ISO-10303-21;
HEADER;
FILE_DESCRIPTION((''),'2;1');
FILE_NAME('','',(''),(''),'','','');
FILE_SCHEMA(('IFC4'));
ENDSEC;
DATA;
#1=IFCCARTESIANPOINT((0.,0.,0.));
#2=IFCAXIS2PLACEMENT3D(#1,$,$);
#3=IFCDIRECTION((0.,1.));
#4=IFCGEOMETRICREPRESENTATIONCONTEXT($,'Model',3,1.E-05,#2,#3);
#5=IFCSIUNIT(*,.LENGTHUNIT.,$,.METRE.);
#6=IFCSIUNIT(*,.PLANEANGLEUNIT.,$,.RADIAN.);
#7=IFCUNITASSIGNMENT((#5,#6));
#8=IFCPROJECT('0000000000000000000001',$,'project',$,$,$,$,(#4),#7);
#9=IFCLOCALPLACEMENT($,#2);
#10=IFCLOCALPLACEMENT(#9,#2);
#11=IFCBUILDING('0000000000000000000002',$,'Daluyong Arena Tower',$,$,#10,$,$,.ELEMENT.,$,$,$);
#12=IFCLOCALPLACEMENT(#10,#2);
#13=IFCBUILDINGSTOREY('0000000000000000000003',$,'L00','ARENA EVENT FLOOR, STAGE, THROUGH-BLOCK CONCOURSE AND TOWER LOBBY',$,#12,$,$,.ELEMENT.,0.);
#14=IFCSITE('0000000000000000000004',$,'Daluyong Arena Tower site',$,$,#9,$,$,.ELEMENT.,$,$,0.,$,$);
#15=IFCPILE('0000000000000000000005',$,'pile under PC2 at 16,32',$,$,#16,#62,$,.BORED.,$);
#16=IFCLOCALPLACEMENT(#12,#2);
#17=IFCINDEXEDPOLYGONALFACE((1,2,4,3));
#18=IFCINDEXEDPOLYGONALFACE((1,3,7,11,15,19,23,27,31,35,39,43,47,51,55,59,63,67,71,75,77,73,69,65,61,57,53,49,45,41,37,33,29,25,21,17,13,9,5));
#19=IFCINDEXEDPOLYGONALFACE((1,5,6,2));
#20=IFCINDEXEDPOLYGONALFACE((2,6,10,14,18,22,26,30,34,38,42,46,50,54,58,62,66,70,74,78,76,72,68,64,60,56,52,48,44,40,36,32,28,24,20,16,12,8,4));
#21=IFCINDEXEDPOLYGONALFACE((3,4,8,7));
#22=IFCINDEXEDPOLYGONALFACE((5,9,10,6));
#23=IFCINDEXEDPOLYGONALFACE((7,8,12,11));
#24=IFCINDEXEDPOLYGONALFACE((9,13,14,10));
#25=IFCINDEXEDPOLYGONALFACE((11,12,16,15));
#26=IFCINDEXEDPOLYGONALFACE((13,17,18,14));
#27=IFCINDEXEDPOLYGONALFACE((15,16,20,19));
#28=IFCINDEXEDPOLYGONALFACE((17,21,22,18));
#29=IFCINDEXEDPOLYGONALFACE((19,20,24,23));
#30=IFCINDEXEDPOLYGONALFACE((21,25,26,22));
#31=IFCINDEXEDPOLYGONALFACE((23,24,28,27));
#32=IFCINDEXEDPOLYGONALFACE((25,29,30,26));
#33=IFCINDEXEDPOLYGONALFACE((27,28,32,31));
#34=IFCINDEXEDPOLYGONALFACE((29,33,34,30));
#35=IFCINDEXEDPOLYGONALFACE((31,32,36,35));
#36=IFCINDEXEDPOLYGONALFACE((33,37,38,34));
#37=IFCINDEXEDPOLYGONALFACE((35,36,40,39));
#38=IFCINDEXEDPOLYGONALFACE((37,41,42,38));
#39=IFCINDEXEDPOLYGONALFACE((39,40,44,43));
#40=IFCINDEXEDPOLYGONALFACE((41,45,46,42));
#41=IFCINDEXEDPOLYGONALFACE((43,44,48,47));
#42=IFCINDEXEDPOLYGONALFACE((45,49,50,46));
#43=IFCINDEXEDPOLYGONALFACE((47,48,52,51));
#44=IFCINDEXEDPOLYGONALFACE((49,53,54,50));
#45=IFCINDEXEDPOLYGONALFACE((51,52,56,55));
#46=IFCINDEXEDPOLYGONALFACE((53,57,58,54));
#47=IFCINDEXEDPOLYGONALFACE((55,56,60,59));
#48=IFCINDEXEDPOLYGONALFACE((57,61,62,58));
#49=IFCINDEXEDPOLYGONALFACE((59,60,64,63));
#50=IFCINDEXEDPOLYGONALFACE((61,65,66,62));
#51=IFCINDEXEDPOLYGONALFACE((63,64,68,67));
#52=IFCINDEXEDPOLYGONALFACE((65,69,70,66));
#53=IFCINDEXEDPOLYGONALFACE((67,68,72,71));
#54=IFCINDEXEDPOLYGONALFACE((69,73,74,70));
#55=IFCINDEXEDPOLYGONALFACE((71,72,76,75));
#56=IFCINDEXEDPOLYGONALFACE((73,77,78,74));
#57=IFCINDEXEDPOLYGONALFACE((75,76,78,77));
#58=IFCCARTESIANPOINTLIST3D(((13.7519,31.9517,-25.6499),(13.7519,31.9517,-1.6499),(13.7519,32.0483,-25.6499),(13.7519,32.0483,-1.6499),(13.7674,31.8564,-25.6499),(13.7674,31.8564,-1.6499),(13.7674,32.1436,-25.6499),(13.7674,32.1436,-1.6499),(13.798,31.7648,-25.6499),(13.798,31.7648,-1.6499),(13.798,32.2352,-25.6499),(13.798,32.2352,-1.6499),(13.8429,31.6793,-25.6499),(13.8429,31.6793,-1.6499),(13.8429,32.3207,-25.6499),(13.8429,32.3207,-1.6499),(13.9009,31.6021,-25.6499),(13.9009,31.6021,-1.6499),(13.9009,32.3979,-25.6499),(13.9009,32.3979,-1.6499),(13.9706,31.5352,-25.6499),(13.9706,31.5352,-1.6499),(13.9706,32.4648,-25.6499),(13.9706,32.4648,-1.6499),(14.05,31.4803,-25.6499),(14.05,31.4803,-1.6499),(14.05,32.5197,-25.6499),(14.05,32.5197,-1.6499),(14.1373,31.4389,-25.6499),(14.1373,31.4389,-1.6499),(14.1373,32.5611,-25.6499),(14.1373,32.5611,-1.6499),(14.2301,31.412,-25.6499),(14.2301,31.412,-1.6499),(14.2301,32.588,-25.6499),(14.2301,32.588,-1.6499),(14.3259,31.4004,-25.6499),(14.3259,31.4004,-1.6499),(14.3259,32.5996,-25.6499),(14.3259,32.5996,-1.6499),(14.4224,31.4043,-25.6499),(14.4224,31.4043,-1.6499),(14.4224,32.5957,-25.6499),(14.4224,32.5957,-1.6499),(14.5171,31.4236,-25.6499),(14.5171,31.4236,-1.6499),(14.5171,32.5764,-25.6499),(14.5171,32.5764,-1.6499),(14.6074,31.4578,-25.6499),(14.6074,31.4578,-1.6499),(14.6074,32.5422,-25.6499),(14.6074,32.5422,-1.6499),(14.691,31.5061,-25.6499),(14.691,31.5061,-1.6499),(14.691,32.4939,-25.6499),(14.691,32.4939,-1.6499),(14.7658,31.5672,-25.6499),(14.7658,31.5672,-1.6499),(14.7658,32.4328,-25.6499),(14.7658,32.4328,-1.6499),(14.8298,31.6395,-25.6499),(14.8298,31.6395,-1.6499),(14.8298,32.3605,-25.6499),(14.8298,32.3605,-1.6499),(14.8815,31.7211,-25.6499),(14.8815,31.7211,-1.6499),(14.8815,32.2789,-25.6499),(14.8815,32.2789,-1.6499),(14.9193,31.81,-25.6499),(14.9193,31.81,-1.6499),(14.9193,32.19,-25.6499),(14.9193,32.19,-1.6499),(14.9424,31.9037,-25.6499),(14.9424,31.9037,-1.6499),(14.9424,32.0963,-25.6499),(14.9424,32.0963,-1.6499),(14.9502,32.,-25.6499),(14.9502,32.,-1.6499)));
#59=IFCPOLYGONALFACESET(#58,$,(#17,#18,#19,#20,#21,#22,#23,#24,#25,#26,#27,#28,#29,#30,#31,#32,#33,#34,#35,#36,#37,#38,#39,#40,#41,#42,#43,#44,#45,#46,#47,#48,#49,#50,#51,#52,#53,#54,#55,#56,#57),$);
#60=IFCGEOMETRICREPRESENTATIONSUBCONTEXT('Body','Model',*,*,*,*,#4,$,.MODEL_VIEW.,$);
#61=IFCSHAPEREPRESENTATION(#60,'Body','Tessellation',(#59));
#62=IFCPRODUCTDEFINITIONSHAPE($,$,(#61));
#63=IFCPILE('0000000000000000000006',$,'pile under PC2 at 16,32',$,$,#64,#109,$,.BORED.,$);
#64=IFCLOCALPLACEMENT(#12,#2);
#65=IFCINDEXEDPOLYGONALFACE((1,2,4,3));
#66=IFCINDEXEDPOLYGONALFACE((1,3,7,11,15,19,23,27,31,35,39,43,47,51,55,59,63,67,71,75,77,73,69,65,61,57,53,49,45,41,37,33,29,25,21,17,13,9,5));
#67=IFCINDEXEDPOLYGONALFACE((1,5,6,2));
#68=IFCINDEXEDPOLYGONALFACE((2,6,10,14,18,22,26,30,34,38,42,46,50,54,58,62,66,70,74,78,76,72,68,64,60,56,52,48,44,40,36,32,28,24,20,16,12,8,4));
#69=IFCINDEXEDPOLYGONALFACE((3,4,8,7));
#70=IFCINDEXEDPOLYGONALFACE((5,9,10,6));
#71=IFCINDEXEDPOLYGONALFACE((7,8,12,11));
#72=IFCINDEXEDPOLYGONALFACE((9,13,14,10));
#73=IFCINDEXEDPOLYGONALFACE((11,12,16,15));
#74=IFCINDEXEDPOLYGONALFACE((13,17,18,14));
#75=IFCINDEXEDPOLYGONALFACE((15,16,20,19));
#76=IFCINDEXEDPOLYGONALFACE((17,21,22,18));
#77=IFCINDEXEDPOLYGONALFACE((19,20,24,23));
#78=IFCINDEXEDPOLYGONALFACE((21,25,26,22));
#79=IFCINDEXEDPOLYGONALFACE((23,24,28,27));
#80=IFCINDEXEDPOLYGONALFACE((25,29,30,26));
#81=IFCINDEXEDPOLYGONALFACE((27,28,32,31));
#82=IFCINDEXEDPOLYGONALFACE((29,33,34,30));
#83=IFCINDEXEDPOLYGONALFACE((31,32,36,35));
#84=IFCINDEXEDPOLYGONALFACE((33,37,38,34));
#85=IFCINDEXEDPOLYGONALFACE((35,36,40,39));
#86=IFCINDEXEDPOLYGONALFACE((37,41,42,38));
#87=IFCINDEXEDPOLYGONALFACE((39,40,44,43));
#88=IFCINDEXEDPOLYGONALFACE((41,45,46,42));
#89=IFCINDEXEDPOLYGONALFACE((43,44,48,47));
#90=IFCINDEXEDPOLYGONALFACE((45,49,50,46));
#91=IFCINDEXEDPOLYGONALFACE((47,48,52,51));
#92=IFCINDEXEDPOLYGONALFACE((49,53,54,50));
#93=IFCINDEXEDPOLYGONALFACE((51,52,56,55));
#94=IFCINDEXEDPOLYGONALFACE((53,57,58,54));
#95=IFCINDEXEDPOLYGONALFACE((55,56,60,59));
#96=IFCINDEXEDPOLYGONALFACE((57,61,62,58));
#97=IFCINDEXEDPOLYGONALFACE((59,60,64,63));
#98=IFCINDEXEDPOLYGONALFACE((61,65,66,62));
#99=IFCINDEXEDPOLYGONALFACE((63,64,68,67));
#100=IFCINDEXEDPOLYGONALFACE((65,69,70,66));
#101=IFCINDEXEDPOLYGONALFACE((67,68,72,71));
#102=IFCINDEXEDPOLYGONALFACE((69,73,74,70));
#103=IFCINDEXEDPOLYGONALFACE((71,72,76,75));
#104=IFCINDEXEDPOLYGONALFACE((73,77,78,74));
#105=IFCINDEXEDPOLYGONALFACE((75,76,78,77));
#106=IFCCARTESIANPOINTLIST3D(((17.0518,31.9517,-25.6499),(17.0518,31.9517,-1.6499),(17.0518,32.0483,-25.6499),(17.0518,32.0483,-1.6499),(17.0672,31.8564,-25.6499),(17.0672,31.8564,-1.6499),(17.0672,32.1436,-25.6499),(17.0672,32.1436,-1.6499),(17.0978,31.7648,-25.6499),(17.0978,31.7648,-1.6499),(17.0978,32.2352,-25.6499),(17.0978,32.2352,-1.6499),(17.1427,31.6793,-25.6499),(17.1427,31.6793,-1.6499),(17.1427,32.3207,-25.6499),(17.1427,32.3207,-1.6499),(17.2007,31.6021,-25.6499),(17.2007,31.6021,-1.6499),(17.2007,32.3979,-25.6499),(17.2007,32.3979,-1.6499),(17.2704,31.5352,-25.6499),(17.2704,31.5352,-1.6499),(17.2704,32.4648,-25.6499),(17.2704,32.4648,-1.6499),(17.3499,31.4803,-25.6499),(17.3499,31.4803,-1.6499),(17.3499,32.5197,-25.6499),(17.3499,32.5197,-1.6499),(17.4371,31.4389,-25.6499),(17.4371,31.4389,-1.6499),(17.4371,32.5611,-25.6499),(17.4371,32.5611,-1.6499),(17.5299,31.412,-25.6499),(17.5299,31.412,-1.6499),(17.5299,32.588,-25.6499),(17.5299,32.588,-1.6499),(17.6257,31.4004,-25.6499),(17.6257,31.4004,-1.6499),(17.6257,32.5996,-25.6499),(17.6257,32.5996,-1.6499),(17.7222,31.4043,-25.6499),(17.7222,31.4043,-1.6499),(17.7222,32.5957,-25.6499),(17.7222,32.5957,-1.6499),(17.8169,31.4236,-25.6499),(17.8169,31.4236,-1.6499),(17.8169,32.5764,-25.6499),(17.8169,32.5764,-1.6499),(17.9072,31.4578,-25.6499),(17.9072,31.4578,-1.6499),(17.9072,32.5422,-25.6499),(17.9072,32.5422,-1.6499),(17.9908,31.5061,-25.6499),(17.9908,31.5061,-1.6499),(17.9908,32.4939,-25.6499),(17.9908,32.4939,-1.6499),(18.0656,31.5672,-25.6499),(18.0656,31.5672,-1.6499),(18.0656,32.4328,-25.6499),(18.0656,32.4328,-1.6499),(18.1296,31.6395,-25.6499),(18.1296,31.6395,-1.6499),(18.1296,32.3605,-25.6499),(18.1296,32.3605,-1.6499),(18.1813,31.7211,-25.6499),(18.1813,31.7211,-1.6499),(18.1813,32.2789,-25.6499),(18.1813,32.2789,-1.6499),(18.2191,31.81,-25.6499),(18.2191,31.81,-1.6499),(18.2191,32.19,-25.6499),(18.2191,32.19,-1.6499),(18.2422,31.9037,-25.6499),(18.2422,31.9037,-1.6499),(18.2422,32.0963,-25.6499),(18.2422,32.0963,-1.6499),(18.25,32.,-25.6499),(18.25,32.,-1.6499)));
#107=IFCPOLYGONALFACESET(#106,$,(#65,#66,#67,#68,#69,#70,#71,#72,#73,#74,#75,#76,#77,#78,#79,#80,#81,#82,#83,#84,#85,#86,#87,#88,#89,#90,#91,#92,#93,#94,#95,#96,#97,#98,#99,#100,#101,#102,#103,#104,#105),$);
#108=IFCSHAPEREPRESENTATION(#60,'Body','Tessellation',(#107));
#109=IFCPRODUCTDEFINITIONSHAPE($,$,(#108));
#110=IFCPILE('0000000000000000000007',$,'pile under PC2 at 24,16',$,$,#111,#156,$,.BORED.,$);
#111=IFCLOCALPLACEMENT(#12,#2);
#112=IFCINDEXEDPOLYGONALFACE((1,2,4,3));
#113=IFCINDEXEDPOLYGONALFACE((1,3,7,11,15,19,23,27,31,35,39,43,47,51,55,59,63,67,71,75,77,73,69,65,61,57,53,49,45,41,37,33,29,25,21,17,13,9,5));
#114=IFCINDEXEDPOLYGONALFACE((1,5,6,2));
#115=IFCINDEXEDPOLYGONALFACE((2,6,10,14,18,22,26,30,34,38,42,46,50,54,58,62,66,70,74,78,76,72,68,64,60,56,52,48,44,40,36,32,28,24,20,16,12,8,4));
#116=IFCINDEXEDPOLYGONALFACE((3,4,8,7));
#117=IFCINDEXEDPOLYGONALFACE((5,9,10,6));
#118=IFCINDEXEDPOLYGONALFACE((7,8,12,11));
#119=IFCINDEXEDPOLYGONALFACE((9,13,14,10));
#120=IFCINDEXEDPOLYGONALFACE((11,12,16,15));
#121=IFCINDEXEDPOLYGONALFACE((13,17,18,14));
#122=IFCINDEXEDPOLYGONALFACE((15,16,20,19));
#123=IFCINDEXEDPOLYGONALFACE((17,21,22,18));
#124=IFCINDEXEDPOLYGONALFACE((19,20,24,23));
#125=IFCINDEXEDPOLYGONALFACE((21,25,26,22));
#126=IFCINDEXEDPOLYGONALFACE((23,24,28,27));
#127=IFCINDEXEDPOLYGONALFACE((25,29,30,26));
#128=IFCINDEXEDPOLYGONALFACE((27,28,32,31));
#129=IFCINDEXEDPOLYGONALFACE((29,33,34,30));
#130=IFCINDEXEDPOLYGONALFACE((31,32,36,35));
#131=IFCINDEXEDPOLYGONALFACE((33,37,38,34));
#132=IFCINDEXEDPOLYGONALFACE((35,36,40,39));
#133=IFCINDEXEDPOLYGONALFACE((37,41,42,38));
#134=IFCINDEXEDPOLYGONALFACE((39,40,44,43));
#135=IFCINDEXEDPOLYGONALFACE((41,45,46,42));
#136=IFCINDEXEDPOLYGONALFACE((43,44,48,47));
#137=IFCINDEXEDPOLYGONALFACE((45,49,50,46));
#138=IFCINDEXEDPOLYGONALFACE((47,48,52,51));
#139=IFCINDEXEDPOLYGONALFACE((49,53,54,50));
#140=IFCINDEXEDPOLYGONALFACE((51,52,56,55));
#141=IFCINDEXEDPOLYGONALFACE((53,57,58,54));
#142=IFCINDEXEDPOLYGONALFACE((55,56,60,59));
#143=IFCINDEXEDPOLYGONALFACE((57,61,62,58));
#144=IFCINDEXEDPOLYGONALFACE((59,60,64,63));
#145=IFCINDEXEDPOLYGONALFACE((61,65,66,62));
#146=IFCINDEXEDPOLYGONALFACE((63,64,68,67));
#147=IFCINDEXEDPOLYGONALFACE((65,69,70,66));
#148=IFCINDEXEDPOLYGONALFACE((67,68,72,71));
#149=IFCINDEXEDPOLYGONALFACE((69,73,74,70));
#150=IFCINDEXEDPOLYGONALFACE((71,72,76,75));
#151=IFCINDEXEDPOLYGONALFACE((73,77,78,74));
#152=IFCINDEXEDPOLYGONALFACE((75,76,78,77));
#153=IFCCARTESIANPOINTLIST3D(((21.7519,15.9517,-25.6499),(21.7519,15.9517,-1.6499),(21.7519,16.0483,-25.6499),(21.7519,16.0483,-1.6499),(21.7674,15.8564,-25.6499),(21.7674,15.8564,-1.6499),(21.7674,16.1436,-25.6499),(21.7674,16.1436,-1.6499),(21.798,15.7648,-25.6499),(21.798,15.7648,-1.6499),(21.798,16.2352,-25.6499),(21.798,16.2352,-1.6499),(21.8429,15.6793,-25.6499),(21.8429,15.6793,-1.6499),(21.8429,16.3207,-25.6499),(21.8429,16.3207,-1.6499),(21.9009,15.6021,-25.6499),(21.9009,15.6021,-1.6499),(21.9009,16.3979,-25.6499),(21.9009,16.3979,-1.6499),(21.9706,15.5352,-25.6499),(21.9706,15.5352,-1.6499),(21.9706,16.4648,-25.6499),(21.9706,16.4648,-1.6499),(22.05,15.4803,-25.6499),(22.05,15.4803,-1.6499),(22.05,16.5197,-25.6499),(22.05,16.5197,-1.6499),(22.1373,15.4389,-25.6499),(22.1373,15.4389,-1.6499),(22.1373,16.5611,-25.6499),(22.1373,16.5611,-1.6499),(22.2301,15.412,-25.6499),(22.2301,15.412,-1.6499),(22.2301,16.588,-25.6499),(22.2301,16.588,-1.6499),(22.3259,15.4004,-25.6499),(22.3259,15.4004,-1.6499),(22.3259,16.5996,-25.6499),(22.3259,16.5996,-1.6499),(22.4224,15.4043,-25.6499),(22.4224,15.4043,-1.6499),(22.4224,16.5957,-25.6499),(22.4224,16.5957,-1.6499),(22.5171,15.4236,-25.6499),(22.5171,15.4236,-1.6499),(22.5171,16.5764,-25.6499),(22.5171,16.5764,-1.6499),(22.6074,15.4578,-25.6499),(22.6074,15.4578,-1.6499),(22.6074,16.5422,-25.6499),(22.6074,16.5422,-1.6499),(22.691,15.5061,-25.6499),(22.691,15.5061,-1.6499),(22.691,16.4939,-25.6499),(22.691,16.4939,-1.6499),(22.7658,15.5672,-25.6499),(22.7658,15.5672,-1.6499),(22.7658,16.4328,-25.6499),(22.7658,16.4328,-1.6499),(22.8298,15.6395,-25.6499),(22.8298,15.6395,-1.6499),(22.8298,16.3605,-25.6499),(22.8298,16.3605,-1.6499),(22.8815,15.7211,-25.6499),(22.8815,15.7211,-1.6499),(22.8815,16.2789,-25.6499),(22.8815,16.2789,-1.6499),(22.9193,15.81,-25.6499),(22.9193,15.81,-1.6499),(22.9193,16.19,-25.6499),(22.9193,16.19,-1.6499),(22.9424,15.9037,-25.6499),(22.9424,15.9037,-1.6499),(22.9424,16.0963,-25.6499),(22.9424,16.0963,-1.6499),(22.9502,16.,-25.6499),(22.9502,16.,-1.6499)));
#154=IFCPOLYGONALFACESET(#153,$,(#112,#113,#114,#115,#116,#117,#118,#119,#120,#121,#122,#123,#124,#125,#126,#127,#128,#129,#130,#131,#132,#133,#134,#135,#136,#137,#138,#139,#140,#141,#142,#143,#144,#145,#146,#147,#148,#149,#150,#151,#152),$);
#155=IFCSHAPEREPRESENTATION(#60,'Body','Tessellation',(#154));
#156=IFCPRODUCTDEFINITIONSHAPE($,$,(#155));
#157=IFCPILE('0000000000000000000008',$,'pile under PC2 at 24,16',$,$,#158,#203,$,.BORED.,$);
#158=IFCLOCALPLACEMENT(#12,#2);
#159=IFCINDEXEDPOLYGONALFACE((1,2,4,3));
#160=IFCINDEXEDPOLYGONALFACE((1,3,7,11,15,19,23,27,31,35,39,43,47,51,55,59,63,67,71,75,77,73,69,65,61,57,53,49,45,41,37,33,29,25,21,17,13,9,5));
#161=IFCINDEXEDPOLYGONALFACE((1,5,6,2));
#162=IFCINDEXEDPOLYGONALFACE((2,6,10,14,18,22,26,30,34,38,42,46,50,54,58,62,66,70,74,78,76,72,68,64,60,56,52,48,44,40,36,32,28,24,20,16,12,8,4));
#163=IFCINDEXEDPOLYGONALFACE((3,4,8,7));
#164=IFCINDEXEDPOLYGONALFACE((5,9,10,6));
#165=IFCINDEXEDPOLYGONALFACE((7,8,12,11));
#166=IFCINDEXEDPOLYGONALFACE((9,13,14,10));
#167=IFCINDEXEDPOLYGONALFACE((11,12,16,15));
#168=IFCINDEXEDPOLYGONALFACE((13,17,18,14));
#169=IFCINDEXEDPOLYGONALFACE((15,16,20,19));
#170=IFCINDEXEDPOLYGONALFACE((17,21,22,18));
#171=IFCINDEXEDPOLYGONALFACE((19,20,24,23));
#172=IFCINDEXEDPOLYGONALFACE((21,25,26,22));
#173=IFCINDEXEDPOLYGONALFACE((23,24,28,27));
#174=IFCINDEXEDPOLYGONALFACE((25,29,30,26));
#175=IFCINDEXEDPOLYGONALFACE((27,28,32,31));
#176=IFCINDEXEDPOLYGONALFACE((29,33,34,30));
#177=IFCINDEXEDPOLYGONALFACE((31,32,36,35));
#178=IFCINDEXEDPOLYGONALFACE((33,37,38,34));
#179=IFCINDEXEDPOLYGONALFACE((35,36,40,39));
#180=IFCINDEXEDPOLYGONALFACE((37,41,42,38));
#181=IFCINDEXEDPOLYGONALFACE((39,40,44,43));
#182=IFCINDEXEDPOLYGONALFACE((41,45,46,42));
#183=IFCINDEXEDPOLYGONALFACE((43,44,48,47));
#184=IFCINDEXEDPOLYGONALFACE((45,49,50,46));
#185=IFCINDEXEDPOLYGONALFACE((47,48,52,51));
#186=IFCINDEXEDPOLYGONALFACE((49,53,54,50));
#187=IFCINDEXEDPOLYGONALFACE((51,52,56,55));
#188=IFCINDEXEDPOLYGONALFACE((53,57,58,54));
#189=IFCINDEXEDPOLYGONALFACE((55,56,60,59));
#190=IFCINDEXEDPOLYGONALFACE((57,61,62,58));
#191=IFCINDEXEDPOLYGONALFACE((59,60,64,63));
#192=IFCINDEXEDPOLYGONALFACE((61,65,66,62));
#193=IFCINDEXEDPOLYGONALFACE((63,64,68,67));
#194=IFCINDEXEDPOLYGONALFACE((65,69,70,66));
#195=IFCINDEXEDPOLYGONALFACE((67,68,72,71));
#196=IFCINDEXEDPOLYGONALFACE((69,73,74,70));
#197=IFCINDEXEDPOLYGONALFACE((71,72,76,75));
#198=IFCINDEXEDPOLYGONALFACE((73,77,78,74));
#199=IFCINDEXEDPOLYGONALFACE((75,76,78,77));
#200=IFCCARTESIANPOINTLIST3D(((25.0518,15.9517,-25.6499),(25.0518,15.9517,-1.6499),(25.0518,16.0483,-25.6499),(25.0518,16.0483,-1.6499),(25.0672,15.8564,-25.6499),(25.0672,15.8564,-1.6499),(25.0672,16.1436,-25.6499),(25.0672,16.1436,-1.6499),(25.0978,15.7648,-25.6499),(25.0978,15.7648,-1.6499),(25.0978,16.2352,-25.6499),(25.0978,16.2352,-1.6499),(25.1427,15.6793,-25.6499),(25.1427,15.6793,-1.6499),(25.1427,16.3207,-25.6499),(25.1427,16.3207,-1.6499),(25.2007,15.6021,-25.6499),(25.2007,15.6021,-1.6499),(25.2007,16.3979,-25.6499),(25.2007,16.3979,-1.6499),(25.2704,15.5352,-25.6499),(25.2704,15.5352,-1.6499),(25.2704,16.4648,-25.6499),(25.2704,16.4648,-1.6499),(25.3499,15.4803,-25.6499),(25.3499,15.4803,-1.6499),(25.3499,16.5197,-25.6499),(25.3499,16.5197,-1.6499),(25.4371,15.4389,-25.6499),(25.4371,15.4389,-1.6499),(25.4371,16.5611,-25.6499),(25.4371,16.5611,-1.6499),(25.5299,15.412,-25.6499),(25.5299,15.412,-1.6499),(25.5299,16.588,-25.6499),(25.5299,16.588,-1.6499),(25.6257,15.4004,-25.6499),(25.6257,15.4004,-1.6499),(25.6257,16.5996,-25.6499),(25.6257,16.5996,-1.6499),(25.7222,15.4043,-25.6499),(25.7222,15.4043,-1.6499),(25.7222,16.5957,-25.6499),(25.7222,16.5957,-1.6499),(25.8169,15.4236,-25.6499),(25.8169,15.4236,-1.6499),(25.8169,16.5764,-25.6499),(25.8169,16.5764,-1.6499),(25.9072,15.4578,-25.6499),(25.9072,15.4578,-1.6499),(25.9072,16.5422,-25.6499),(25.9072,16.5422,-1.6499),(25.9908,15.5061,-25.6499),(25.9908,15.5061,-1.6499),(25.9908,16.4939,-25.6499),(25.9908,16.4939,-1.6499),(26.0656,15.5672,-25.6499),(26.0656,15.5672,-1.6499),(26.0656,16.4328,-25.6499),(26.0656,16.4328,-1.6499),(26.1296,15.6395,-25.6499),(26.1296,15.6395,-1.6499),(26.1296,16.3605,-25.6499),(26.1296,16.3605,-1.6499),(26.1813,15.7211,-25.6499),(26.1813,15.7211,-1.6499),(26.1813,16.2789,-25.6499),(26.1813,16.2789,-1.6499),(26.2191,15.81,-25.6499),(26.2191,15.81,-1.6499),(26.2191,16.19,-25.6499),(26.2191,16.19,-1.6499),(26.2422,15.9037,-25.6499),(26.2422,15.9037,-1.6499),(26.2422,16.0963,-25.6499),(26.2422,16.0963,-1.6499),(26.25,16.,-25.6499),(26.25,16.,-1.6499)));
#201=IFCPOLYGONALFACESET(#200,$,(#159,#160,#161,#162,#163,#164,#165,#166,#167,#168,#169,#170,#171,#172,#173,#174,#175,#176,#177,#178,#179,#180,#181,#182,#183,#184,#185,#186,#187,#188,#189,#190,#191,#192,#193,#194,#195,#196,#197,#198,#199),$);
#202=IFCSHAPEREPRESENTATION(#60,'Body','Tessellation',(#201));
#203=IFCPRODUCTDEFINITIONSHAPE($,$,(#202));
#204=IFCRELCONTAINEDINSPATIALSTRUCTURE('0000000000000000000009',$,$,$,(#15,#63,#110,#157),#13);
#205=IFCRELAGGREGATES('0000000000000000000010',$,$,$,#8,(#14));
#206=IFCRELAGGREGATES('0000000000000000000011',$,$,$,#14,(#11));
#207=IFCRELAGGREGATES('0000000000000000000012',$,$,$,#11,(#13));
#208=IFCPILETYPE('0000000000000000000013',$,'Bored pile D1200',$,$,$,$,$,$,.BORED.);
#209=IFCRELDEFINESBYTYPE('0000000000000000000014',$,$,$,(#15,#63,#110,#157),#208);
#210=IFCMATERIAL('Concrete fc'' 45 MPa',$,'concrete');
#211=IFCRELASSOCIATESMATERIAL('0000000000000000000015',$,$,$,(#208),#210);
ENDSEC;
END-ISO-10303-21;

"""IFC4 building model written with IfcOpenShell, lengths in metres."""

from ifc_helpers import new_model, si_unit, direction, frame, origin, origin_2d, place, context, subcontext, project, spatial, circle, extrude, material, type_object, element, save


model = new_model("IFC4")

# Units and contexts
model_context = context("Model", 3, precision=1e-05, world=origin(), true_north=direction((0.0, 1.0)))
body_context = subcontext(model_context, "Body", "Model", "MODEL_VIEW")
ifc_project = project(units=[si_unit("LENGTHUNIT", "METRE"), si_unit("PLANEANGLEUNIT", "RADIAN")], contexts=[model_context])

# Site, building, storey
site_placement = place(None, origin())
site = spatial("IfcSite", under=ifc_project, at=site_placement, Name="Daluyong Arena Tower site", CompositionType="ELEMENT", RefElevation=0.0)
building_placement = place(site_placement, origin())
building = spatial("IfcBuilding", under=site, at=building_placement, Name="Daluyong Arena Tower", CompositionType="ELEMENT")
storey_placement = place(building_placement, origin())
storey = spatial("IfcBuildingStorey", under=building, at=storey_placement, Name="L00", Description="ARENA EVENT FLOOR, STAGE, THROUGH-BLOCK CONCOURSE AND TOWER LOBBY", CompositionType="ELEMENT", Elevation=0.0)

# Piles
ifc_material_1 = material(Name="Concrete fc' 45 MPa", Category="concrete")
pile_type = type_object("IfcPileType", Name="Bored pile D1200", PredefinedType="BORED", material=ifc_material_1)
for number, where, z_axis, x_axis, name in (
    (1, (14.3501, 32.0, -1.6499), (0.0, 0.0, -1.0), (1.0, 0.0, 0.0), "pile under PC2 at 16,32"),
    (2, (17.6499, 32.0, -1.6499), (0.0, 0.0, -1.0), (1.0, 0.0, 0.0), "pile under PC2 at 16,32"),
    (3, (22.3501, 16.0, -1.6499), (0.0, 0.0, -1.0), (1.0, 0.0, 0.0), "pile under PC2 at 24,16"),
    (4, (25.6499, 16.0, -1.6499), (0.0, 0.0, -1.0), (1.0, 0.0, 0.0), "pile under PC2 at 24,16"),
):
    element("IfcPile", number, at=place(storey_placement, frame(where, z_axis=z_axis, x_axis=x_axis)), inside=storey, type_object=pile_type, Name=name, PredefinedType="BORED", context=body_context, shape_type="SweptSolid", body=[
        extrude(circle(Radius=0.6001, at=origin_2d()), origin(), (0.0, 0.0, 1.0), 24.0),
    ])

save(model, "model.ifc")
